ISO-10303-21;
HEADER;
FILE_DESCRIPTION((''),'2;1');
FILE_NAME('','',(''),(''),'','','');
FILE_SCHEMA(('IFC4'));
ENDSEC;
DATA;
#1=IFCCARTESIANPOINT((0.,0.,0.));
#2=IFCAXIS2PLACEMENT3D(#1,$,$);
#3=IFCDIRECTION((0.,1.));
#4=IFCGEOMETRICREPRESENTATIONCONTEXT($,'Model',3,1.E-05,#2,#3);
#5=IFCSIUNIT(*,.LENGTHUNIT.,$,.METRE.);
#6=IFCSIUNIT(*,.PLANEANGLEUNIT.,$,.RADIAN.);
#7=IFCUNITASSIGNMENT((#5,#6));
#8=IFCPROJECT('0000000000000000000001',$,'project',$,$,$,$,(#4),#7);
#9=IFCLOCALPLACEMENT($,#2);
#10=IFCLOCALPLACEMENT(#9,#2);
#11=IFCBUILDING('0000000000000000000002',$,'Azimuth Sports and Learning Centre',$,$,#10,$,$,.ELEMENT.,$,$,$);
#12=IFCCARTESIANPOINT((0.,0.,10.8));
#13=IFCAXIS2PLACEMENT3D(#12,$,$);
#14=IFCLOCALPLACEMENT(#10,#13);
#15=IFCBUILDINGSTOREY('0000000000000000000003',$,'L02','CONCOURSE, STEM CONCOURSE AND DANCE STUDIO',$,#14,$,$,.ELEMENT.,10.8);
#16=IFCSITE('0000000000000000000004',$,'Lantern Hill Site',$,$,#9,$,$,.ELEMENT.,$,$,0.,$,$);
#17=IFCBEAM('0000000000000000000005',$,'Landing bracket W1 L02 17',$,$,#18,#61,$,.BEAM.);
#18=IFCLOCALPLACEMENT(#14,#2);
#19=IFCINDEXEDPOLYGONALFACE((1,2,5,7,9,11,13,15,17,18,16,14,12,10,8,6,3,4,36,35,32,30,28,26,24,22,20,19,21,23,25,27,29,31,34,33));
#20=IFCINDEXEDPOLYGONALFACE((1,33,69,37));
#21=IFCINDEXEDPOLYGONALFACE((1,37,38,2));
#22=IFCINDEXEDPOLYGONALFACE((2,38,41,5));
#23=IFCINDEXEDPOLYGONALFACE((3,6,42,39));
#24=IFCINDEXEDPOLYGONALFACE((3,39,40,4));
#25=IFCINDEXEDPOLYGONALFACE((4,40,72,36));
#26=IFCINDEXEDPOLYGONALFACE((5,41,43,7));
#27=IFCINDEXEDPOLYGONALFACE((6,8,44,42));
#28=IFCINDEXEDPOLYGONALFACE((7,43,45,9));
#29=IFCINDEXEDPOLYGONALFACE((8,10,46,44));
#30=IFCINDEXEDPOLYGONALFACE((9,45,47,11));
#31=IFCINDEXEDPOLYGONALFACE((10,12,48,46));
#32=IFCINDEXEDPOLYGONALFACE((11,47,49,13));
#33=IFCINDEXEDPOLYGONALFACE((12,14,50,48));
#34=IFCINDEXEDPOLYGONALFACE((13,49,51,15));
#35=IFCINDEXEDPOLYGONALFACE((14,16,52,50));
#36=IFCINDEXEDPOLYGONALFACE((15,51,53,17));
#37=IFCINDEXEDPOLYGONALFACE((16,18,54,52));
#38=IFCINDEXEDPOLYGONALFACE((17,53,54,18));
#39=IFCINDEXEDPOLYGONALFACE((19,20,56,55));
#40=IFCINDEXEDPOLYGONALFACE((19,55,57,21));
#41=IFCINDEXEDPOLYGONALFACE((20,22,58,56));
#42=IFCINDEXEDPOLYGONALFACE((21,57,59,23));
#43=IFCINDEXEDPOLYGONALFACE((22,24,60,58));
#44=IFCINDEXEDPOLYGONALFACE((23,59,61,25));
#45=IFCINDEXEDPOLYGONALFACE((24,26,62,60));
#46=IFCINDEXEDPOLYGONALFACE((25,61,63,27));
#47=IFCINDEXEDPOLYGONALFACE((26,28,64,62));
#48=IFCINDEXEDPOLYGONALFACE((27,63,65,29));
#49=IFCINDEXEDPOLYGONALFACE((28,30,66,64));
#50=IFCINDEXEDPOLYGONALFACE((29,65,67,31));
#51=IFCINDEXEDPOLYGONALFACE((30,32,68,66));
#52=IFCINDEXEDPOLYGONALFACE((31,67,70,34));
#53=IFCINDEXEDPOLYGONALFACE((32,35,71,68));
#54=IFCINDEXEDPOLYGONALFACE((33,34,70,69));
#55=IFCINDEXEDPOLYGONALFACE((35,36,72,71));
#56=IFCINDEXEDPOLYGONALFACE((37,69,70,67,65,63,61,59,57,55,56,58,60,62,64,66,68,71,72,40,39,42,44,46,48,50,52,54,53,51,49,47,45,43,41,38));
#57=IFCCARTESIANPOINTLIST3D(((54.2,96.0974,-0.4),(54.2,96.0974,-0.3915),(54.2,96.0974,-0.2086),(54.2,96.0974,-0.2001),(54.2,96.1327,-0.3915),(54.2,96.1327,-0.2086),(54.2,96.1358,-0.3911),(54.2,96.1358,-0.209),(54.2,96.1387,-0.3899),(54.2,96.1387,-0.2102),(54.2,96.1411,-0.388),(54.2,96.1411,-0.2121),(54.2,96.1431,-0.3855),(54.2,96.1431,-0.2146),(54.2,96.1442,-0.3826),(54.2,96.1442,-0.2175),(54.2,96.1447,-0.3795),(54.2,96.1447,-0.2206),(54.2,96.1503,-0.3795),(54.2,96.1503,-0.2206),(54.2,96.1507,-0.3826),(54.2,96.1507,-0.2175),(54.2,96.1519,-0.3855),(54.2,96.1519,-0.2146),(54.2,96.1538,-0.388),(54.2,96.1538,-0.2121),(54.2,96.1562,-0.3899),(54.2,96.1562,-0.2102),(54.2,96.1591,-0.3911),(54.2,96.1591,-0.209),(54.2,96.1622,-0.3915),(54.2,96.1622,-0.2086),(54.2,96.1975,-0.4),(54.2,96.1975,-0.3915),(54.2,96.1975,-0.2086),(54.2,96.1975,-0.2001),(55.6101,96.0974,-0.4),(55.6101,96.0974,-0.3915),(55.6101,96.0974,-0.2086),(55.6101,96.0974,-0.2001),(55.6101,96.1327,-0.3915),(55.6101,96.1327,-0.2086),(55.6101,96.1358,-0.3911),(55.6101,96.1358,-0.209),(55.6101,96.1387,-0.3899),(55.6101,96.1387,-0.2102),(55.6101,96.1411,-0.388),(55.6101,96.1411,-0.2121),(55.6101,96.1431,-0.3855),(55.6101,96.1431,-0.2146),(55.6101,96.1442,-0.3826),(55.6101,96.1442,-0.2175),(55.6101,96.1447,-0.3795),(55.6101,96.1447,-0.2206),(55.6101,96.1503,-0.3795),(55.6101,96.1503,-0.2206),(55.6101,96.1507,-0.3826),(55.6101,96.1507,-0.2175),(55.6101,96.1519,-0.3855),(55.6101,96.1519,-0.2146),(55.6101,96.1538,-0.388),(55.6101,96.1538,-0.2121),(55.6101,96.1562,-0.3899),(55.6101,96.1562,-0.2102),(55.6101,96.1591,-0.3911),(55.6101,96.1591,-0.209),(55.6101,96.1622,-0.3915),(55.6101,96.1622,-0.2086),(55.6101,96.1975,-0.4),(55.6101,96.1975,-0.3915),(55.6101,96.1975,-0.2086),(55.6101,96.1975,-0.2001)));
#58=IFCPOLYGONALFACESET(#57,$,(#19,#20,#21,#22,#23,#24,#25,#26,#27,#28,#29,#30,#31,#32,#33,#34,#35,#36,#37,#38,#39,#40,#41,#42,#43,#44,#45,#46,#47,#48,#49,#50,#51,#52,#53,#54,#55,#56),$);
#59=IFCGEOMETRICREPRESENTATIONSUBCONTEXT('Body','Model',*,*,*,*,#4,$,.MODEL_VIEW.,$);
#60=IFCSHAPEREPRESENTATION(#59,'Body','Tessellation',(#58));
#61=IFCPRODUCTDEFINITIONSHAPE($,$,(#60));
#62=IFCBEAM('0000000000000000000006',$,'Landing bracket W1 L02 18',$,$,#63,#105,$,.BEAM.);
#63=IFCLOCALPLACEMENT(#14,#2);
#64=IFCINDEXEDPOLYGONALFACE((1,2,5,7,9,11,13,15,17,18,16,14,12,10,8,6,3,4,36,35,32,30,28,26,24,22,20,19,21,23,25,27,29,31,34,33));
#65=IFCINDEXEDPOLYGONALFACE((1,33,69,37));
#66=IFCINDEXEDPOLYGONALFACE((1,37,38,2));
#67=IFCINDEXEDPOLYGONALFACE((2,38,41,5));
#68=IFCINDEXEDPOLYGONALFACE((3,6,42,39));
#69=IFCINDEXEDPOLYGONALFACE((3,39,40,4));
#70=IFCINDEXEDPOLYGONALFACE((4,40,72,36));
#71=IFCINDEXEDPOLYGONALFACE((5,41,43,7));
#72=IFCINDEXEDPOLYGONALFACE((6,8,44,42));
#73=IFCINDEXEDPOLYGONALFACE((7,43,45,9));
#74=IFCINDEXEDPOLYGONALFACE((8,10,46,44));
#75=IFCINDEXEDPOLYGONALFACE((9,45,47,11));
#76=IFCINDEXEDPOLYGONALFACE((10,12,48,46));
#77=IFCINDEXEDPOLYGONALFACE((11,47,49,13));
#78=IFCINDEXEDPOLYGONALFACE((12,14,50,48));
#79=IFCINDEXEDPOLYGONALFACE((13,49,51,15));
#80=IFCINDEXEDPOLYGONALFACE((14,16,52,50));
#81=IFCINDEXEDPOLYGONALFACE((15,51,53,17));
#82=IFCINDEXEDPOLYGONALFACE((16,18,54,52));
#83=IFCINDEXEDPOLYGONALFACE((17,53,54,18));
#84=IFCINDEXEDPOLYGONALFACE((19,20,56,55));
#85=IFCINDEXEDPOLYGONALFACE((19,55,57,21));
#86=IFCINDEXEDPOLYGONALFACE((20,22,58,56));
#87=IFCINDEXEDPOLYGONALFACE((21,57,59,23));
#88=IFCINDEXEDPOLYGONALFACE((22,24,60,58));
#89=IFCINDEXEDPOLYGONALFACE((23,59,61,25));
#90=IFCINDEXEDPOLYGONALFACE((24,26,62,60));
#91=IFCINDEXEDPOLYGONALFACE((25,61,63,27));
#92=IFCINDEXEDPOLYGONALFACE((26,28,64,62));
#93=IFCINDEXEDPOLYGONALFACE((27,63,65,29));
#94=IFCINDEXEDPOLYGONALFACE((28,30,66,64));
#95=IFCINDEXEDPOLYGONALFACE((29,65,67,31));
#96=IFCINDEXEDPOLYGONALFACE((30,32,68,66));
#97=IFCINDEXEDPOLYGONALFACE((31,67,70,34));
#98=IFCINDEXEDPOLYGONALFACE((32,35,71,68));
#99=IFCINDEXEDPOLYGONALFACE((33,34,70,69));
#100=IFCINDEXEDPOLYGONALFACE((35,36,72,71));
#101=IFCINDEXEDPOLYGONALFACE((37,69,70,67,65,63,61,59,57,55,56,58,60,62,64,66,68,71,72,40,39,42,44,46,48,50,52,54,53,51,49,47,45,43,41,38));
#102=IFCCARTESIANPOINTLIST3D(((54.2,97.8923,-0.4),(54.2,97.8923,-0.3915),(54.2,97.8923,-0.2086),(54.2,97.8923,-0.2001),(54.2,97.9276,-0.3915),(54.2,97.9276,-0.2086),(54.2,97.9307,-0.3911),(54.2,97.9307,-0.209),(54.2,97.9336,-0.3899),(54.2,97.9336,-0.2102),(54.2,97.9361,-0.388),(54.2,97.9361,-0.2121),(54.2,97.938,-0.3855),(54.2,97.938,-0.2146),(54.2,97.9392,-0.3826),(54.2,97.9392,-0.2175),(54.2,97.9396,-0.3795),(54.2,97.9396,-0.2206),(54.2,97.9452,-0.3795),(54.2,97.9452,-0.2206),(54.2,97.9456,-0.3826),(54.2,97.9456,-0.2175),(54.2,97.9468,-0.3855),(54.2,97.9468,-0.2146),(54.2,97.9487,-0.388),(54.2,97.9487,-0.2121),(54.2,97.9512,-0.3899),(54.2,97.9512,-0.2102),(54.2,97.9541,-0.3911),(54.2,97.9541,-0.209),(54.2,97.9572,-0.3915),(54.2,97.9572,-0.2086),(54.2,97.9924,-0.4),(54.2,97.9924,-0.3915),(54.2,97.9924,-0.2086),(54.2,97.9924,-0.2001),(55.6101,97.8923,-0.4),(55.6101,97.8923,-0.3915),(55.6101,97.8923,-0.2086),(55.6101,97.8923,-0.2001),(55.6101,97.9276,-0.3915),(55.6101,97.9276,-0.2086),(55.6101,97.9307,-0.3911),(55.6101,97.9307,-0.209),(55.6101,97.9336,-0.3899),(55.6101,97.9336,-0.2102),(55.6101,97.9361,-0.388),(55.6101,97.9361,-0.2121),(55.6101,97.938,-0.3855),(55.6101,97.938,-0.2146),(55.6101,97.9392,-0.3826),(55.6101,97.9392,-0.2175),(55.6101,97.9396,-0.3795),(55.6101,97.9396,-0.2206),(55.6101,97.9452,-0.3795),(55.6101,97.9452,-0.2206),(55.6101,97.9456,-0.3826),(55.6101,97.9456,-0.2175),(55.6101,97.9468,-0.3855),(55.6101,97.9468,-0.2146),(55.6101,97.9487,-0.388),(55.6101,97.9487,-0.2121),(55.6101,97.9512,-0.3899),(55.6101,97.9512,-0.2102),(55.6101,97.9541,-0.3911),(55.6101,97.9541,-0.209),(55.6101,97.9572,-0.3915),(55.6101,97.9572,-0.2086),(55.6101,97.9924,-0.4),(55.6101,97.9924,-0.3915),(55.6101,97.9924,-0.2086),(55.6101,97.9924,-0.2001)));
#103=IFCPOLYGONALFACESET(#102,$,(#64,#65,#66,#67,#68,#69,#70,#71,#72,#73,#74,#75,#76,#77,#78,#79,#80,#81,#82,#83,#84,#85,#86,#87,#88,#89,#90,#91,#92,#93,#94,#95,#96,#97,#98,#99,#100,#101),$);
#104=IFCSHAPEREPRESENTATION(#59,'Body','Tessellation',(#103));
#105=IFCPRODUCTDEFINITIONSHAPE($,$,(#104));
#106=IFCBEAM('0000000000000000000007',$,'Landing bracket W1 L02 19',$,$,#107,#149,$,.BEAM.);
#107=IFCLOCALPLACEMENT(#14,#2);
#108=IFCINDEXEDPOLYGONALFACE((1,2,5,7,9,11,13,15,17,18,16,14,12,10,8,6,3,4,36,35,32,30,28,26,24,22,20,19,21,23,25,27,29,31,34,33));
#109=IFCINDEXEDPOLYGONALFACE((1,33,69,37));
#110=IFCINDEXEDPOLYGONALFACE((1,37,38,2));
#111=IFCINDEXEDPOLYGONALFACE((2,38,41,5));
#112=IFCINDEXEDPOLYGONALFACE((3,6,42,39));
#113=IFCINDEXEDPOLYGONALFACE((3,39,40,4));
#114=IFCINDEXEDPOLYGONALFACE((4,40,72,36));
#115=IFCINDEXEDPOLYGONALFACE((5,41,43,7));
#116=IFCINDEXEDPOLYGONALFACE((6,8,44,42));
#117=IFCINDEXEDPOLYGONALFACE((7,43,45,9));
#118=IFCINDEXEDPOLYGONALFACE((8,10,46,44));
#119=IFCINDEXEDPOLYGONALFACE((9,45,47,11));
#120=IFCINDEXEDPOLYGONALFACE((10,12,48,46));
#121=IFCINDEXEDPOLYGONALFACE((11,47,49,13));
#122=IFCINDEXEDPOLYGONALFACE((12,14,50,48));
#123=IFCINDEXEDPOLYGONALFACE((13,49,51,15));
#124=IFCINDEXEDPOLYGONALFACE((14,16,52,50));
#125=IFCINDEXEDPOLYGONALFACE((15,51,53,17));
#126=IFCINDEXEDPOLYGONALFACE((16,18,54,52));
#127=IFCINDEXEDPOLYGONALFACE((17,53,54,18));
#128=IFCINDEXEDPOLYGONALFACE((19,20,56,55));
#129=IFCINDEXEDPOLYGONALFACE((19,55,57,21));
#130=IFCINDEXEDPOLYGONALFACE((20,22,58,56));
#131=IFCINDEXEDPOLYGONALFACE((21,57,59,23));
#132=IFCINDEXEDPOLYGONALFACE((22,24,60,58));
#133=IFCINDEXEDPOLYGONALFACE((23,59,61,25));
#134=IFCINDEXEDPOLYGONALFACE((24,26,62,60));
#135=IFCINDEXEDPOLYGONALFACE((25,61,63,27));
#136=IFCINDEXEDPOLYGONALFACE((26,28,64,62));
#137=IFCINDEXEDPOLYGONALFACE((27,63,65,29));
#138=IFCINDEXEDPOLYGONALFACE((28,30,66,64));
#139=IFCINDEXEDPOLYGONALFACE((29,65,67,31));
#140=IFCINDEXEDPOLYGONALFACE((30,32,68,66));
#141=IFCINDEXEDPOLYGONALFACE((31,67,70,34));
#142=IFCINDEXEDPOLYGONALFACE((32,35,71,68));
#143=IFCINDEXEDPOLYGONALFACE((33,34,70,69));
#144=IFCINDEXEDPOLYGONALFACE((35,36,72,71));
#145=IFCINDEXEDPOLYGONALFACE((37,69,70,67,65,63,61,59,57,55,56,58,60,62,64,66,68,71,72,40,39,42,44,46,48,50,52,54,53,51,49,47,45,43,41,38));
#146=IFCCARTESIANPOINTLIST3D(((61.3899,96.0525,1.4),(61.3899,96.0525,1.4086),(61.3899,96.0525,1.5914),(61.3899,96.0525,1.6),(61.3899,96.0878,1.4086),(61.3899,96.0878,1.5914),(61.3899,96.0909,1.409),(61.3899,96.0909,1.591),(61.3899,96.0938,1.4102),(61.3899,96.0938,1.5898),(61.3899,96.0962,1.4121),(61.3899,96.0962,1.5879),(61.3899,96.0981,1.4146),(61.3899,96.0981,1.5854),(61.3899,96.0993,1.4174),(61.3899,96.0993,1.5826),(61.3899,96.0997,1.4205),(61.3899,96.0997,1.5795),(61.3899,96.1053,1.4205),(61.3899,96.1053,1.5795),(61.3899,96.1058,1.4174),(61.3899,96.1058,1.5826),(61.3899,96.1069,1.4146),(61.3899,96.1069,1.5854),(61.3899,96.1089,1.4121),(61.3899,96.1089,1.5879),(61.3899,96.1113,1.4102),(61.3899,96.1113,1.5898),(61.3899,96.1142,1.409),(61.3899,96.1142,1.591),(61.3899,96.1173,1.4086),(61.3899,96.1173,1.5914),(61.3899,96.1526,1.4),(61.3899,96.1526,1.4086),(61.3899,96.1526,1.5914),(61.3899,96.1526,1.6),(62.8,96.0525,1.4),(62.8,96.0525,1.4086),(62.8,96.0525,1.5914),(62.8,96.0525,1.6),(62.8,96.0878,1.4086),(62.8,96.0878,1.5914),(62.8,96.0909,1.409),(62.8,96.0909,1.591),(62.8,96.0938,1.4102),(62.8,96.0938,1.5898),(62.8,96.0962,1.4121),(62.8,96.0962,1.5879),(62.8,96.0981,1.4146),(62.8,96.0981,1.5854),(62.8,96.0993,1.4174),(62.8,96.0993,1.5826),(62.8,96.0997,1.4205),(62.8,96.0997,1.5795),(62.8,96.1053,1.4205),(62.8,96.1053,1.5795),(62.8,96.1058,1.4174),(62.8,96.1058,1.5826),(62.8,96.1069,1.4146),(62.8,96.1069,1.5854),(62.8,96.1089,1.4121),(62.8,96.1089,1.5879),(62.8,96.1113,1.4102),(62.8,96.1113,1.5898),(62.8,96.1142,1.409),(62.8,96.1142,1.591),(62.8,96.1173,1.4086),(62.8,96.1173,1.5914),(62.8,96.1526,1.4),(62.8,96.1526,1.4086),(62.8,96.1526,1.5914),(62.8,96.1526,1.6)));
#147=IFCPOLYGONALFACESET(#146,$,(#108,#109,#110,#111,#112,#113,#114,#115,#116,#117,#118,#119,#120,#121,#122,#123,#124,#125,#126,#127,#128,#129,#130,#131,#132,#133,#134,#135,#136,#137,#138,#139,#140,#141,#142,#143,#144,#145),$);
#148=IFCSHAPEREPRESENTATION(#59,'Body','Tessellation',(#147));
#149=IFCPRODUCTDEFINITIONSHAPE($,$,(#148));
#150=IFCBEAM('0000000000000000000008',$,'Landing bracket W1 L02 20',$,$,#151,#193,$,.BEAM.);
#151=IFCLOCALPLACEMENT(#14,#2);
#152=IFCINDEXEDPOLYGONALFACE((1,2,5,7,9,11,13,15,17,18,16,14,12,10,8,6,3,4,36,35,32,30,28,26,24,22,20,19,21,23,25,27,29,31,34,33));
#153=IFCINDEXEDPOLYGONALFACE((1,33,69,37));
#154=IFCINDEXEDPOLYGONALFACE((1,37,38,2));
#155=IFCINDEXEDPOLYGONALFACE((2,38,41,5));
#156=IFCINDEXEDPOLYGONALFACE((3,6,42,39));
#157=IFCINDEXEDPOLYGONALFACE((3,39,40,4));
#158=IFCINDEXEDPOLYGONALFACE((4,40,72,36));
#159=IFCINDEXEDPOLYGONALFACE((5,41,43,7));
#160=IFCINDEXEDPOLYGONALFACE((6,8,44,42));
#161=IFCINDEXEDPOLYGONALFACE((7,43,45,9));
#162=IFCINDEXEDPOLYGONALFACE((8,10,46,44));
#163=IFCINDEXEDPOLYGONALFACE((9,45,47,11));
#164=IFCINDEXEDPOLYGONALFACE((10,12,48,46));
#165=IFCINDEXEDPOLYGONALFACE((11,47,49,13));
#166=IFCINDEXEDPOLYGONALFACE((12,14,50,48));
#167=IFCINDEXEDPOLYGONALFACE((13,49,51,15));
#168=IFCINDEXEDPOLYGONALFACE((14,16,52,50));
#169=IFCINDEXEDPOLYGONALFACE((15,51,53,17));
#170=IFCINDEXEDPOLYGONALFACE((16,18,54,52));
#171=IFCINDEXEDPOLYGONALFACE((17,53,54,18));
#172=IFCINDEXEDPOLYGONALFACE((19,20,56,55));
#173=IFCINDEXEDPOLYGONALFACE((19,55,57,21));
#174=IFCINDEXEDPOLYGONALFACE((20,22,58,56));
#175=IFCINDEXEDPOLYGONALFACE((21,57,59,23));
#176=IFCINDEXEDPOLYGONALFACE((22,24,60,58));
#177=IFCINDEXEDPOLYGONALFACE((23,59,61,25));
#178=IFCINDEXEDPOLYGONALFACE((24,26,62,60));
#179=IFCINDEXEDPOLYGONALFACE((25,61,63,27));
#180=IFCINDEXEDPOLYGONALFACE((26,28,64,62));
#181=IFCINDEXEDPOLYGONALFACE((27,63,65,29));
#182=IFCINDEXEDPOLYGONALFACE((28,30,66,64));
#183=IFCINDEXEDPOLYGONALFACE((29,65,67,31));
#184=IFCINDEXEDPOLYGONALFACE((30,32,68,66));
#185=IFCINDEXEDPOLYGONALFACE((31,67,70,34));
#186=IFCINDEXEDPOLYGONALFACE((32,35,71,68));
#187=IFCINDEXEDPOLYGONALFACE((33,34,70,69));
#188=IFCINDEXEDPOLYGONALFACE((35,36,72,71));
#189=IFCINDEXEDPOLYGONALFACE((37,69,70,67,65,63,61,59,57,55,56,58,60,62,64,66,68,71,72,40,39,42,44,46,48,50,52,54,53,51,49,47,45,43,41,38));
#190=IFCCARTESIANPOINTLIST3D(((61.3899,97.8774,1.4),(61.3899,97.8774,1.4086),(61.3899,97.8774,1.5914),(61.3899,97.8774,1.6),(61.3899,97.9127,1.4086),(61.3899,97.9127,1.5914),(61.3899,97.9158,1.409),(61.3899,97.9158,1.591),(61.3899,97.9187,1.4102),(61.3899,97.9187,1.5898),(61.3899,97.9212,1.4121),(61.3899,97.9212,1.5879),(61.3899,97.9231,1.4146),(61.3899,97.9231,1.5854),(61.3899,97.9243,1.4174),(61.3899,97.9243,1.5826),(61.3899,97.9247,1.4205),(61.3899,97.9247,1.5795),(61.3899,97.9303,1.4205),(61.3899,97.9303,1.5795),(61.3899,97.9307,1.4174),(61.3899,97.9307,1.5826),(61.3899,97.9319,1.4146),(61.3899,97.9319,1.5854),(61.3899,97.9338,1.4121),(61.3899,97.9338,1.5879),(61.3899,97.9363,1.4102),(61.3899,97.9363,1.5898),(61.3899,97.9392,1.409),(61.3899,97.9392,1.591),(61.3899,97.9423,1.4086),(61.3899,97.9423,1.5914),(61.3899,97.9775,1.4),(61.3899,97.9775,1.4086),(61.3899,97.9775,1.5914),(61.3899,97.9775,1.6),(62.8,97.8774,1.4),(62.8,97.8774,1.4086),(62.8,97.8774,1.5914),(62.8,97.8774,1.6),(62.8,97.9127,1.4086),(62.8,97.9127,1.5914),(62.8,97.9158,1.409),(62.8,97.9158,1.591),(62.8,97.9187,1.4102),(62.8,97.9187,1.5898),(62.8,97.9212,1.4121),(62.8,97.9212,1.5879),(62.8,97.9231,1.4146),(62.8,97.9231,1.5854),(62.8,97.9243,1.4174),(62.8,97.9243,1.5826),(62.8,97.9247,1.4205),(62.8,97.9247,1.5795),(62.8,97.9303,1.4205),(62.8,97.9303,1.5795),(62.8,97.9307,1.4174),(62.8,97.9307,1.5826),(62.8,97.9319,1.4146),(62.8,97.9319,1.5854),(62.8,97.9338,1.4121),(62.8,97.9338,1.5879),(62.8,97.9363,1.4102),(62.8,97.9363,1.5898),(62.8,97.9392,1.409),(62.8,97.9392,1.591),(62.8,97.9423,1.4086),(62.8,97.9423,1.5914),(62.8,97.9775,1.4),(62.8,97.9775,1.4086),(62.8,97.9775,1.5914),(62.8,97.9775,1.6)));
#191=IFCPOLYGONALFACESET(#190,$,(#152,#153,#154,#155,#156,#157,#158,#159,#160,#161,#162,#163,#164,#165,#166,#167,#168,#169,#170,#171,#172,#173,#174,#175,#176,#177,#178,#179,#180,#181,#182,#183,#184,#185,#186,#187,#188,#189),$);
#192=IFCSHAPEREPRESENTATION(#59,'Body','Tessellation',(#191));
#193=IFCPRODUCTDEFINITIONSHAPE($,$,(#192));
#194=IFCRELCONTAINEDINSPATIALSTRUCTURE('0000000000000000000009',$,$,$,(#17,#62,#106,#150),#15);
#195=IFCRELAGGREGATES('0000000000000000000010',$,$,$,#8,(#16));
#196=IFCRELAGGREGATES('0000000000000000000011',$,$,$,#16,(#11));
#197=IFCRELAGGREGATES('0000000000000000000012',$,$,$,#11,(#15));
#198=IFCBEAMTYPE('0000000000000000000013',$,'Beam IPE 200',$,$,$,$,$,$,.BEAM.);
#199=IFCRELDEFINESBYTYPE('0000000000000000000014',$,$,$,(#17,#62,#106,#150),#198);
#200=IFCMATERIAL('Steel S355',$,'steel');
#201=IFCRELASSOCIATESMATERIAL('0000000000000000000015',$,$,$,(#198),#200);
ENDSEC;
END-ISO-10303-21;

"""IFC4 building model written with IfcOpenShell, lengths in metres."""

from ifc_helpers import new_model, si_unit, direction, frame, origin, origin_2d, place, context, subcontext, project, spatial, i_section, extrude, material, material_profile, profile_set, type_object, element, save


model = new_model("IFC4")

# Units and contexts
model_context = context("Model", 3, precision=1e-05, world=origin(), true_north=direction((0.0, 1.0)))
body_context = subcontext(model_context, "Body", "Model", "MODEL_VIEW")
ifc_project = project(units=[si_unit("LENGTHUNIT", "METRE"), si_unit("PLANEANGLEUNIT", "RADIAN")], contexts=[model_context])

# Site, building, storey
site_placement = place(None, origin())
site = spatial("IfcSite", under=ifc_project, at=site_placement, Name="Lantern Hill Site", CompositionType="ELEMENT", RefElevation=0.0)
building_placement = place(site_placement, origin())
building = spatial("IfcBuilding", under=site, at=building_placement, Name="Azimuth Sports and Learning Centre", CompositionType="ELEMENT")
storey_placement = place(building_placement, frame((0.0, 0.0, 10.8)))
storey = spatial("IfcBuildingStorey", under=building, at=storey_placement, Name="L02", Description="CONCOURSE, STEM CONCOURSE AND DANCE STUDIO", CompositionType="ELEMENT", Elevation=10.8)

# Beams
ifc_material_1 = material(Name="Steel S355", Category="steel")
ifc_material_profile = material_profile(ifc_material_1, i_section(OverallWidth=0.1001, OverallDepth=0.2, WebThickness=0.0056, FlangeThickness=0.0085, FilletRadius=0.012, at=origin_2d()), Name="IPE 200")
ifc_profile_set = profile_set([ifc_material_profile], Name="Steel S355")
beam_type = type_object("IfcBeamType", Name="Beam IPE 200", PredefinedType="BEAM", material=ifc_profile_set)
for number, where, z_axis, x_axis, name in (
    (1, (54.2, 96.1475, -0.3), (1.0, 0.0, 0.0), (0.0, 1.0, 0.0), "Landing bracket W1 L02 17"),
    (2, (54.2, 97.9424, -0.3), (1.0, 0.0, 0.0), (0.0, 1.0, 0.0), "Landing bracket W1 L02 18"),
    (3, (62.8, 96.1025, 1.5), (-1.0, 0.0, 0.0), (0.0, -1.0, 0.0), "Landing bracket W1 L02 19"),
    (4, (62.8, 97.9275, 1.5), (-1.0, 0.0, 0.0), (0.0, -1.0, 0.0), "Landing bracket W1 L02 20"),
):
    element("IfcBeam", number, at=place(storey_placement, frame(where, z_axis=z_axis, x_axis=x_axis)), inside=storey, type_object=beam_type, Name=name, PredefinedType="BEAM", context=body_context, shape_type="SweptSolid", body=[
        extrude(i_section(OverallWidth=0.1001, OverallDepth=0.2, WebThickness=0.0056, FlangeThickness=0.0085, FilletRadius=0.012, at=origin_2d()), origin(), (0.0, 0.0, 1.0), 1.4102),
    ])

save(model, "model.ifc")
